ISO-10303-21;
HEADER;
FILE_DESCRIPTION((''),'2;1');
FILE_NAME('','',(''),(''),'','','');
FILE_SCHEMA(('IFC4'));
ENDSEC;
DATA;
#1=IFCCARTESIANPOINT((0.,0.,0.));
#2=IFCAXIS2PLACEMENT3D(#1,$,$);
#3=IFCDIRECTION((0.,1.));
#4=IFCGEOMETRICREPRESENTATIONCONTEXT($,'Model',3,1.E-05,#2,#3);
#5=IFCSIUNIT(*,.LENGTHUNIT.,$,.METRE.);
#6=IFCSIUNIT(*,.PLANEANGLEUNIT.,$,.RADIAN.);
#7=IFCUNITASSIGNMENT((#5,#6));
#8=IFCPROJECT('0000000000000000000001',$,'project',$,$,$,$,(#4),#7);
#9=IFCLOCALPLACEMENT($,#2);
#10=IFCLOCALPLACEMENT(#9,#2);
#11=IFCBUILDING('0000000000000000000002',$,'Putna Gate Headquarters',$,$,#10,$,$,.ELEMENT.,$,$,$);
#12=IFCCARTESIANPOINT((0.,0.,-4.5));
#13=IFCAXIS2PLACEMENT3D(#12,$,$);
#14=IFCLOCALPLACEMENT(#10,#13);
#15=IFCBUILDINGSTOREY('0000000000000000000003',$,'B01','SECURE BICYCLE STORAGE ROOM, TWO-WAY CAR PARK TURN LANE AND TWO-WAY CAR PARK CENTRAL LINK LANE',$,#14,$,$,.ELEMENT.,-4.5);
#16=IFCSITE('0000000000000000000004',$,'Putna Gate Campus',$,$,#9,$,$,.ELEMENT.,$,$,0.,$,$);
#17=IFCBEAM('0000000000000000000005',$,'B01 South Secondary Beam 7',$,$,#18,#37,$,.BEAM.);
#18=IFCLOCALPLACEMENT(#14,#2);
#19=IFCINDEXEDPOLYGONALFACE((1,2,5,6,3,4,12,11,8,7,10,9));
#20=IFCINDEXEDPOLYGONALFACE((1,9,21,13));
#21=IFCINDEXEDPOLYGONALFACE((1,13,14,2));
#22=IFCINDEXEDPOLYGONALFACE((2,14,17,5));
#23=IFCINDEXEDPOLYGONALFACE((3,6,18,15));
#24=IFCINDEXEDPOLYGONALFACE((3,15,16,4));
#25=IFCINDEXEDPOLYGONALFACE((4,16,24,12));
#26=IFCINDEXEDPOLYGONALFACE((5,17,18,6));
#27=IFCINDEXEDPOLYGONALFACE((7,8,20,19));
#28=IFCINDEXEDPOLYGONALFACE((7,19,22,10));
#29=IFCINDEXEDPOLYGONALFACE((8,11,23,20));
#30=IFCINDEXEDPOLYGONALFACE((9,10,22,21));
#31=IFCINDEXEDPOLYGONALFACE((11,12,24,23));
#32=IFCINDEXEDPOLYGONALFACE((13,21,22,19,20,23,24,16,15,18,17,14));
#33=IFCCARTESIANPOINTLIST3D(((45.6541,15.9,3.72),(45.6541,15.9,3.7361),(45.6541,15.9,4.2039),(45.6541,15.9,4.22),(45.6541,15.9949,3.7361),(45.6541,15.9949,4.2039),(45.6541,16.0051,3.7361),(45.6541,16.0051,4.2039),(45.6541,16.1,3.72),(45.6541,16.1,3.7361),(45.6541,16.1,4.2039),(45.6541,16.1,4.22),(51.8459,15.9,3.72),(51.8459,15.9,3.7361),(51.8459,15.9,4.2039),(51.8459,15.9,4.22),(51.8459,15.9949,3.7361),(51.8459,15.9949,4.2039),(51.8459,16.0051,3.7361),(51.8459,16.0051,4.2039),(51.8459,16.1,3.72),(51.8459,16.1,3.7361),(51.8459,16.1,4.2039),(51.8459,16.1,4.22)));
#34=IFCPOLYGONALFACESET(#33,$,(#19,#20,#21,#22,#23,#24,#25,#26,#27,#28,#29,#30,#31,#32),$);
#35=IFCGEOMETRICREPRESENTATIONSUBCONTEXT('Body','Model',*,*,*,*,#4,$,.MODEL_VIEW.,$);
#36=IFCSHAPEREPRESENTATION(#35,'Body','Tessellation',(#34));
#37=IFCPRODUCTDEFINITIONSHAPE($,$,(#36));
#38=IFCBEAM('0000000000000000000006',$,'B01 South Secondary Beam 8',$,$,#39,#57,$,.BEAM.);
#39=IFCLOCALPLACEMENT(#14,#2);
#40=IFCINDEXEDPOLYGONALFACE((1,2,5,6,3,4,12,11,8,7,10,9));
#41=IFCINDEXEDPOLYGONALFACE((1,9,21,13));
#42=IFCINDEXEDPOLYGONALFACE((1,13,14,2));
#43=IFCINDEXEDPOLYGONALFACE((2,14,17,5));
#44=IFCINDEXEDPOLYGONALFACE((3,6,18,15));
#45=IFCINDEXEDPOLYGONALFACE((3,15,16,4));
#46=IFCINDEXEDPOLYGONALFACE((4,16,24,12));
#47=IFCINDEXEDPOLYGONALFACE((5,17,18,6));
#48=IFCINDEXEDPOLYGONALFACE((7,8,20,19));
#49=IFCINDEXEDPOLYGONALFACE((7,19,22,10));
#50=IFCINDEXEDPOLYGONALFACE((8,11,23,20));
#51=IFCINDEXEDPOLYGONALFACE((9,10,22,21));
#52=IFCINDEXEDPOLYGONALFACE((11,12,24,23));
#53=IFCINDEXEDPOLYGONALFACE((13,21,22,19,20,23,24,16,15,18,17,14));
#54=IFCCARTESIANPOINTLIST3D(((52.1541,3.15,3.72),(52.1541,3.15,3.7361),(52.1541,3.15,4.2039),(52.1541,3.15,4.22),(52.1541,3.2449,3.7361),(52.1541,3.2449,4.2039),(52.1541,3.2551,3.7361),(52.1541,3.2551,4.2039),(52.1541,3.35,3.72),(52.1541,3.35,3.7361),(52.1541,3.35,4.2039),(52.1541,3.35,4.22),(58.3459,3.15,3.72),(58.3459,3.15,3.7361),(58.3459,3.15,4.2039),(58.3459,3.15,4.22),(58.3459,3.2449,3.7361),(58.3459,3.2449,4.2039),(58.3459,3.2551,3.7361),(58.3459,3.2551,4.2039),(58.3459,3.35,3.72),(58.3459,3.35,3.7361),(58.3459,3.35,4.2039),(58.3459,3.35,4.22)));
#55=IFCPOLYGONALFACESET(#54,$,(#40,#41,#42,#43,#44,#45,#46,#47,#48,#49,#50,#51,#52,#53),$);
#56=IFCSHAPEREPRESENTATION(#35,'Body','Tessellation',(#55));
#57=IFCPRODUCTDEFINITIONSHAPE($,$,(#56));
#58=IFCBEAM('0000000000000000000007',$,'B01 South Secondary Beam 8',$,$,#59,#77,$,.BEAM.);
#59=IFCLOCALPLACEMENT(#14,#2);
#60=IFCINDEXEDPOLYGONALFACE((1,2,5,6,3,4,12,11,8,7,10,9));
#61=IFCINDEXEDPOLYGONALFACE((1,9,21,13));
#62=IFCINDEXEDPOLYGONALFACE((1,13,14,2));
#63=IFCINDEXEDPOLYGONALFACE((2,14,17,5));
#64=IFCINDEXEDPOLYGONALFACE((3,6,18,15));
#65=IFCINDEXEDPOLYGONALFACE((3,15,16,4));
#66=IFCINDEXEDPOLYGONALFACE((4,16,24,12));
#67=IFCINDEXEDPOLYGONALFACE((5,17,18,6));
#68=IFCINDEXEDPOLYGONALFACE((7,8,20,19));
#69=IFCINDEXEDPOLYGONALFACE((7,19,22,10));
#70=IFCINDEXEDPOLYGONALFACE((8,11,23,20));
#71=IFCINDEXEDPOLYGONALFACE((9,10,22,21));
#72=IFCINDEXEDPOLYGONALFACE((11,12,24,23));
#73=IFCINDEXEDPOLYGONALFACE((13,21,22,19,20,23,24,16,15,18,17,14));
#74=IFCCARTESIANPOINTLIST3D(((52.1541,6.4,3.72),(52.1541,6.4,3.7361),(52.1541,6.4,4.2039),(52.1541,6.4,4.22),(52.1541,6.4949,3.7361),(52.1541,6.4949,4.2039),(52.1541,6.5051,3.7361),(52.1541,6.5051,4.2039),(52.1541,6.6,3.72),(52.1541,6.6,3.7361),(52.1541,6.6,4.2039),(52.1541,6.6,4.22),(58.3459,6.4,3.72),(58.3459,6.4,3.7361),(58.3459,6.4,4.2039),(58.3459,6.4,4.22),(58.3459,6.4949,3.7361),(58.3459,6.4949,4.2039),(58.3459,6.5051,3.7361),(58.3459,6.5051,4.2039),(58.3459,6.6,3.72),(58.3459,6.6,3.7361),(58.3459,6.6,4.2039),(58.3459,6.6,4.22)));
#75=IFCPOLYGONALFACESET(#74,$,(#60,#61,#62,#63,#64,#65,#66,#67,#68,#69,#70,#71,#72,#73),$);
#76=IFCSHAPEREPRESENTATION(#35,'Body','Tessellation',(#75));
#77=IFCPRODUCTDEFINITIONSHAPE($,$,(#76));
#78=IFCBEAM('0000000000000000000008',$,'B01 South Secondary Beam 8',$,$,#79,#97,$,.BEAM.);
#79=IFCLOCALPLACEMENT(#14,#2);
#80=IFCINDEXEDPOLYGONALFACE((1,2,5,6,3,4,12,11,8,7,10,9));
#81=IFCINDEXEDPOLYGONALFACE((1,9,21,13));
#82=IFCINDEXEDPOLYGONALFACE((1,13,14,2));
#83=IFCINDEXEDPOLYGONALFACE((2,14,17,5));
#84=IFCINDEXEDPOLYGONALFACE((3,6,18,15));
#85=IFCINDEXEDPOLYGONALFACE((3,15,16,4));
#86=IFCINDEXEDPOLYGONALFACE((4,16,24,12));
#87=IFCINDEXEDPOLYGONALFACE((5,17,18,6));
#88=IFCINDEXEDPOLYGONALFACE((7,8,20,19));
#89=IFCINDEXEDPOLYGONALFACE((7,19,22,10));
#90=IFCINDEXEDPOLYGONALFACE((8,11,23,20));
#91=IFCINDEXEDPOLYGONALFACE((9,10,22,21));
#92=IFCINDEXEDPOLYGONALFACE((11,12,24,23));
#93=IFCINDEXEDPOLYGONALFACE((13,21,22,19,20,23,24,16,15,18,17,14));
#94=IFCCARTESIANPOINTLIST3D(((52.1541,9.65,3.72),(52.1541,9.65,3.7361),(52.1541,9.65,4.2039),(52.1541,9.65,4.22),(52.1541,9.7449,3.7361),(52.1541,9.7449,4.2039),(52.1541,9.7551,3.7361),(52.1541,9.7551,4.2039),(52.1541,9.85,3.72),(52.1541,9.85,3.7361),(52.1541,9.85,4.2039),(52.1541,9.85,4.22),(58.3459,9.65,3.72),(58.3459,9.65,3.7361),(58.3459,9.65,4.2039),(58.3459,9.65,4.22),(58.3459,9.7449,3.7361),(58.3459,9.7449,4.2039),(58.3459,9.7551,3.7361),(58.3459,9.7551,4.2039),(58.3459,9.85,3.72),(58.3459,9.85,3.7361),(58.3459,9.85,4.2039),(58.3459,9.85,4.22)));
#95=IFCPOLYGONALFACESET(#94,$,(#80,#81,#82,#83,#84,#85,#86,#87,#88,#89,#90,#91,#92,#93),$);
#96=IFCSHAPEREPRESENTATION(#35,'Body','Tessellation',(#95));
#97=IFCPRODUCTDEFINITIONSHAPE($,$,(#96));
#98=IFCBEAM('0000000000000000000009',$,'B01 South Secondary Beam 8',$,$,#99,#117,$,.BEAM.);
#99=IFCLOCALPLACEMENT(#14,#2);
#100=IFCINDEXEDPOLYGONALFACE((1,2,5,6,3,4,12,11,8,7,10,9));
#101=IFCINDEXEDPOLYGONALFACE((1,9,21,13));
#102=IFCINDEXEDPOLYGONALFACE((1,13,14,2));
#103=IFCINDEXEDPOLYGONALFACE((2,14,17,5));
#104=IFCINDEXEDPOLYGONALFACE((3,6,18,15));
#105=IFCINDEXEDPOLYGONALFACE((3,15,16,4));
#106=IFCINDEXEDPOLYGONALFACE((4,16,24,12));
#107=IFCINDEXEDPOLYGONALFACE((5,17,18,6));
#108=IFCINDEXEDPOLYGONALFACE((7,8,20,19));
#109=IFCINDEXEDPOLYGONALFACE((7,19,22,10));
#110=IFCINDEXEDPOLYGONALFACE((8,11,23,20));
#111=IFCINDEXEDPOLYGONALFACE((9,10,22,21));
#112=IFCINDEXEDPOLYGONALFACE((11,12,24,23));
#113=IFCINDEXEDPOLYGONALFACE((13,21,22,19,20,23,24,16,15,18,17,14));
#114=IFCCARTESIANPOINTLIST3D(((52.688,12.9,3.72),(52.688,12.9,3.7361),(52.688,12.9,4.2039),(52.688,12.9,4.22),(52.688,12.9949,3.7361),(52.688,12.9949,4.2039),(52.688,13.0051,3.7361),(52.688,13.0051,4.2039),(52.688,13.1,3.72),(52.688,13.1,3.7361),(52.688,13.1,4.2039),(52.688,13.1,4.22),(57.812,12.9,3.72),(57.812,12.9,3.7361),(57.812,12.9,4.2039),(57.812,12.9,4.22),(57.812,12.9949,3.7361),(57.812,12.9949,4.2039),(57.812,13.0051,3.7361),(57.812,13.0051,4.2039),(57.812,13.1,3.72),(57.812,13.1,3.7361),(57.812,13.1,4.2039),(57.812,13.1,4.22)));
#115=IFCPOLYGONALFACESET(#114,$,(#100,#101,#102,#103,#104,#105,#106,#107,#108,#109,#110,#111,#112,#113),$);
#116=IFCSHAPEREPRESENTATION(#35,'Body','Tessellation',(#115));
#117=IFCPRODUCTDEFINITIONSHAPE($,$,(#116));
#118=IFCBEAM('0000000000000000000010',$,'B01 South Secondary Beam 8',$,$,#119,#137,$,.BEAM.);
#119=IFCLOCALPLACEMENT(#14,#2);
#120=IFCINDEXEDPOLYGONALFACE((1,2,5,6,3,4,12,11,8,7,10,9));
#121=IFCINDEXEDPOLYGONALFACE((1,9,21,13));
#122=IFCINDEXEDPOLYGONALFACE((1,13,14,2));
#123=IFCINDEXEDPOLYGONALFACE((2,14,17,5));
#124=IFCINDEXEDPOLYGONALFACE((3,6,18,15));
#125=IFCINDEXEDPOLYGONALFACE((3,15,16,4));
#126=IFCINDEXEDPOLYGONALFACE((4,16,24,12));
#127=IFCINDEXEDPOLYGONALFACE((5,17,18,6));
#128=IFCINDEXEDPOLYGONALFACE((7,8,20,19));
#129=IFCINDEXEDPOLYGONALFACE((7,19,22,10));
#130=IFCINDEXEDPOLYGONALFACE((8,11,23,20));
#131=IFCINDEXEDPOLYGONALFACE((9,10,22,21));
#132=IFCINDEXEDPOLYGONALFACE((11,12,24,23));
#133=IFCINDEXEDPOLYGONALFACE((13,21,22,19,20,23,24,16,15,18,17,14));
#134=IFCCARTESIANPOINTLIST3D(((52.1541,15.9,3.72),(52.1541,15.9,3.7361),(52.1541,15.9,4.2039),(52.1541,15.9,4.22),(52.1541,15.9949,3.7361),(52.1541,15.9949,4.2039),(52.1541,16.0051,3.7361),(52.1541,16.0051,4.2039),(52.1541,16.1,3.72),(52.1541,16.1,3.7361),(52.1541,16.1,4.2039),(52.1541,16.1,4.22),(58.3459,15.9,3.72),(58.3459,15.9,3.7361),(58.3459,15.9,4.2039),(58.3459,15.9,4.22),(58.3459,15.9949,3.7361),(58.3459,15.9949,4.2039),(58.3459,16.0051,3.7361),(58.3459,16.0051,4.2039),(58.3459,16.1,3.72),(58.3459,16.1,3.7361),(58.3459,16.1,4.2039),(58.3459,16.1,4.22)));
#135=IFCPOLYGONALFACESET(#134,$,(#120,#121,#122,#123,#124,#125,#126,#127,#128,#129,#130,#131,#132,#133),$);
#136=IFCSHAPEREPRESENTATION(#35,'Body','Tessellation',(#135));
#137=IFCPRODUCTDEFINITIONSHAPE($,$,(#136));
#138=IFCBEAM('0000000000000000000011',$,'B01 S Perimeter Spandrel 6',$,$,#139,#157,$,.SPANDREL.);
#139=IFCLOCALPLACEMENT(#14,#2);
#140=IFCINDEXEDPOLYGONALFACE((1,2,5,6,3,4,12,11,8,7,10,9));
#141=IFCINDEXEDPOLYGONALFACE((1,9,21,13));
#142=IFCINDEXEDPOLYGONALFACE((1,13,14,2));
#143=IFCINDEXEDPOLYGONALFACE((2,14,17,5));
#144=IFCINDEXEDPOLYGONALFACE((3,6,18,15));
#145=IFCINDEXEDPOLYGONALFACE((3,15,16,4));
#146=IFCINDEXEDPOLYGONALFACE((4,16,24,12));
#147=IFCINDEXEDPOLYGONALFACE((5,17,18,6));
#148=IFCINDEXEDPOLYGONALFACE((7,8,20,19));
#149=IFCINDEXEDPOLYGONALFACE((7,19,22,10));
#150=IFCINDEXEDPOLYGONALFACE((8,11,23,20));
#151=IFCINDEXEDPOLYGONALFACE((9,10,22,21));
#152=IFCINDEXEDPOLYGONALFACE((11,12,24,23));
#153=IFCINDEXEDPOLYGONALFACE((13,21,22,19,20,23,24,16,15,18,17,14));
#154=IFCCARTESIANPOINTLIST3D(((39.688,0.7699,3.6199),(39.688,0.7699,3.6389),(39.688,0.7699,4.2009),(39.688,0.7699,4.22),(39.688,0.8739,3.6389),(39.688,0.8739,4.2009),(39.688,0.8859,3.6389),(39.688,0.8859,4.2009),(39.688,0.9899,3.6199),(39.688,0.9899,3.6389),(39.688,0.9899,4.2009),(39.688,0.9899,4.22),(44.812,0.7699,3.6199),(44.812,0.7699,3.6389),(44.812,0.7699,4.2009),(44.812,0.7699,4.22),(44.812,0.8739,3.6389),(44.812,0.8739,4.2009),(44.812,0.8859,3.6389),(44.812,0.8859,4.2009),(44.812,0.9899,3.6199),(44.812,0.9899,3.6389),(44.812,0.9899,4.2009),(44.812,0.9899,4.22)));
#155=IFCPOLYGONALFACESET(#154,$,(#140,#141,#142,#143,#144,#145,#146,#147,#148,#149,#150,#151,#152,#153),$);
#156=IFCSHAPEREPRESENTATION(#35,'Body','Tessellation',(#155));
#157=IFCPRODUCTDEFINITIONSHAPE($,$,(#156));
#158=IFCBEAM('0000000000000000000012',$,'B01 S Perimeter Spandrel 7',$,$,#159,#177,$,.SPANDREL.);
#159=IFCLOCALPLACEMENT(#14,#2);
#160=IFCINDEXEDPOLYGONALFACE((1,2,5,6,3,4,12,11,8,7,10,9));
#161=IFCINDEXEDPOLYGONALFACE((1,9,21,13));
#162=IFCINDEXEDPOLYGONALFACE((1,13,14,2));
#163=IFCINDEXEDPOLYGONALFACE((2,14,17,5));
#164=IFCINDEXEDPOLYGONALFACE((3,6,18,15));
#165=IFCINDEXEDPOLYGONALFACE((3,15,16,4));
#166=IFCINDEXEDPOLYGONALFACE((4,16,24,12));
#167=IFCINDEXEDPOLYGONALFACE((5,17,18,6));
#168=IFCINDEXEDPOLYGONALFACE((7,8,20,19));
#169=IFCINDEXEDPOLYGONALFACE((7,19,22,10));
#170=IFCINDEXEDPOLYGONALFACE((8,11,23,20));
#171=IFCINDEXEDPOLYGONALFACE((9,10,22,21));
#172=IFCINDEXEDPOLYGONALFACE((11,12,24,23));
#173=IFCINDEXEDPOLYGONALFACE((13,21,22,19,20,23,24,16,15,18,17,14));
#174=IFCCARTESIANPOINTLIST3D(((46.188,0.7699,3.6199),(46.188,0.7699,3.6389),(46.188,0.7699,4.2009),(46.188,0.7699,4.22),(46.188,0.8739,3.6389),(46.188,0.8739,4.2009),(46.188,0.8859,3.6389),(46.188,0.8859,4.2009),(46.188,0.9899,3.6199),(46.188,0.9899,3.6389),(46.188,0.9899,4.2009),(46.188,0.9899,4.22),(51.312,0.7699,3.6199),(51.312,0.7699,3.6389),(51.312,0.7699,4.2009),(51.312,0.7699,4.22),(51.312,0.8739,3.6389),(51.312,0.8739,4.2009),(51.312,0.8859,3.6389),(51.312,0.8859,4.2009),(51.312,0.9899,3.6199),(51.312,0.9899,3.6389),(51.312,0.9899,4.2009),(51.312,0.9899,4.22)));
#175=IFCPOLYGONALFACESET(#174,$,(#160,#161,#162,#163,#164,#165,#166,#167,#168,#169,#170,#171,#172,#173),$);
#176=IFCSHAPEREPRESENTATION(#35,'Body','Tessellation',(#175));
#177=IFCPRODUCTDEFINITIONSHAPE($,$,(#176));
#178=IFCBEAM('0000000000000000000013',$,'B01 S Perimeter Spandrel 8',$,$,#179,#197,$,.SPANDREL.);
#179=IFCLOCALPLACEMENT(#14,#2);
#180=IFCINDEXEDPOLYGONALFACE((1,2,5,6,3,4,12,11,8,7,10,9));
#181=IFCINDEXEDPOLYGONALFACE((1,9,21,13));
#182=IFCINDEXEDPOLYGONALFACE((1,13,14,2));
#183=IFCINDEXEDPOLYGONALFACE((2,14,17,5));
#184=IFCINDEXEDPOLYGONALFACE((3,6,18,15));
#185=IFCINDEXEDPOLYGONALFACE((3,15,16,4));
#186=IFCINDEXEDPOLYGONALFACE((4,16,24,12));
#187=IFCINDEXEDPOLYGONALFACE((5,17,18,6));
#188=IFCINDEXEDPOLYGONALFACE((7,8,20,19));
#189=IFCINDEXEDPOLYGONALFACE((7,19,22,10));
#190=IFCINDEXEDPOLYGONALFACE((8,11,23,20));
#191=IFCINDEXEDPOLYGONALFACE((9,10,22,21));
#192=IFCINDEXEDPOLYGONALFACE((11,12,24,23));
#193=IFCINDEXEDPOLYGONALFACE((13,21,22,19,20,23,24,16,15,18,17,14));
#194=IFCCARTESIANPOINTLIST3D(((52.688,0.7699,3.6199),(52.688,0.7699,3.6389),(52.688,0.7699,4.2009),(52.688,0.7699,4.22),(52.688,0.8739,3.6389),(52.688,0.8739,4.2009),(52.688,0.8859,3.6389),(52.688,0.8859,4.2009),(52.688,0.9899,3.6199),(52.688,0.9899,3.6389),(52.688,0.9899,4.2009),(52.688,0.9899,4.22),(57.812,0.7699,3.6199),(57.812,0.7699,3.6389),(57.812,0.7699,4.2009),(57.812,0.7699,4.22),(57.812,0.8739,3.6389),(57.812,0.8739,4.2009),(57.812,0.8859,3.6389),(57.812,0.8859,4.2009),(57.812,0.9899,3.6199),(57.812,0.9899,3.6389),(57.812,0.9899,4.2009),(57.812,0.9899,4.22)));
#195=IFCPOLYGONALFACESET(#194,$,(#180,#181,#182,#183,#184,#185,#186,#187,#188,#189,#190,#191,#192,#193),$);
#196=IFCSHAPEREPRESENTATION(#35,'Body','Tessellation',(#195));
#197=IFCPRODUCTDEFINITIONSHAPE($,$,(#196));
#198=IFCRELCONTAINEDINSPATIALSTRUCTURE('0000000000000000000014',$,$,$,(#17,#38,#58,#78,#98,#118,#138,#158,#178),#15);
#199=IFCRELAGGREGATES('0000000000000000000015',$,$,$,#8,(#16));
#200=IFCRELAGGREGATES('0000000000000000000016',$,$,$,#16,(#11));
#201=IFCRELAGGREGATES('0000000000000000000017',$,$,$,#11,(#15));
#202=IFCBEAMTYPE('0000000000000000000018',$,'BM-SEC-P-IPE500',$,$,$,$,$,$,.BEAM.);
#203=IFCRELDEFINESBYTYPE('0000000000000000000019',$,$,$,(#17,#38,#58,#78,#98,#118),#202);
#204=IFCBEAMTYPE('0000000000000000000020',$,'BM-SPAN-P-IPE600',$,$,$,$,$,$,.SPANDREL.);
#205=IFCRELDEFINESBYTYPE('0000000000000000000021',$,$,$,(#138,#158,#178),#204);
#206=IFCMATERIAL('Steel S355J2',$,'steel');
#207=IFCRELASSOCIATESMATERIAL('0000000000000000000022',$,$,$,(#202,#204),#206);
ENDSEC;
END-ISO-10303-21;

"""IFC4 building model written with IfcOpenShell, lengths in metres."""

from ifc_helpers import new_model, si_unit, direction, frame, origin, origin_2d, place, context, subcontext, project, spatial, i_section, extrude, material, material_profile, profile_set, type_object, element, save


model = new_model("IFC4")

# Units and contexts
model_context = context("Model", 3, precision=1e-05, world=origin(), true_north=direction((0.0, 1.0)))
body_context = subcontext(model_context, "Body", "Model", "MODEL_VIEW")
ifc_project = project(units=[si_unit("LENGTHUNIT", "METRE"), si_unit("PLANEANGLEUNIT", "RADIAN")], contexts=[model_context])

# Site, building, storey
site_placement = place(None, origin())
site = spatial("IfcSite", under=ifc_project, at=site_placement, Name="Putna Gate Campus", CompositionType="ELEMENT", RefElevation=0.0)
building_placement = place(site_placement, origin())
building = spatial("IfcBuilding", under=site, at=building_placement, Name="Putna Gate Headquarters", CompositionType="ELEMENT")
storey_placement = place(building_placement, frame((0.0, 0.0, -4.5)))
storey = spatial("IfcBuildingStorey", under=building, at=storey_placement, Name="B01", Description="SECURE BICYCLE STORAGE ROOM, TWO-WAY CAR PARK TURN LANE AND TWO-WAY CAR PARK CENTRAL LINK LANE", CompositionType="ELEMENT", Elevation=-4.5)

# Beams
ifc_material_1 = material(Name="Steel S355J2", Category="steel")
ifc_material_profile_1 = material_profile(ifc_material_1, i_section(OverallWidth=0.2, OverallDepth=0.5, WebThickness=0.0103, FlangeThickness=0.0161, at=origin_2d()), Name="Steel S355J2")
ifc_profile_set_1 = profile_set([ifc_material_profile_1], Name="Steel S355J2")
beam_type_1 = type_object("IfcBeamType", Name="BM-SEC-P-IPE500", PredefinedType="BEAM", material=ifc_profile_set_1)
for number, where, z_axis, x_axis, name in (
    (1, (45.6541, 16.0, 3.97), (1.0, 0.0, 0.0), (0.0, 1.0, 0.0), "B01 South Secondary Beam 7"),
    (2, (52.1541, 3.25, 3.97), (1.0, 0.0, 0.0), (0.0, 1.0, 0.0), "B01 South Secondary Beam 8"),
    (3, (52.1541, 6.5, 3.97), (1.0, 0.0, 0.0), (0.0, 1.0, 0.0), "B01 South Secondary Beam 8"),
    (4, (52.1541, 9.75, 3.97), (1.0, 0.0, 0.0), (0.0, 1.0, 0.0), "B01 South Secondary Beam 8"),
):
    element("IfcBeam", number, at=place(storey_placement, frame(where, z_axis=z_axis, x_axis=x_axis)), inside=storey, type_object=beam_type_1, Name=name, PredefinedType="BEAM", context=body_context, shape_type="SweptSolid", body=[
        extrude(i_section(OverallWidth=0.2, OverallDepth=0.5, WebThickness=0.0103, FlangeThickness=0.0161, at=origin_2d()), origin(), (0.0, 0.0, 1.0), 6.1919),
    ])
beam_1_placement = place(storey_placement, frame((52.688, 13.0, 3.97), z_axis=(1.0, 0.0, 0.0), x_axis=(0.0, 1.0, 0.0)))
element("IfcBeam", 5, at=beam_1_placement, inside=storey, type_object=beam_type_1, Name="B01 South Secondary Beam 8", PredefinedType="BEAM", context=body_context, shape_type="SweptSolid", body=[
    extrude(i_section(OverallWidth=0.2, OverallDepth=0.5, WebThickness=0.0103, FlangeThickness=0.0161, at=origin_2d()), origin(), (0.0, 0.0, 1.0), 5.124),
])
beam_2_placement = place(storey_placement, frame((52.1541, 16.0, 3.97), z_axis=(1.0, 0.0, 0.0), x_axis=(0.0, 1.0, 0.0)))
element("IfcBeam", 6, at=beam_2_placement, inside=storey, type_object=beam_type_1, Name="B01 South Secondary Beam 8", PredefinedType="BEAM", context=body_context, shape_type="SweptSolid", body=[
    extrude(i_section(OverallWidth=0.2, OverallDepth=0.5, WebThickness=0.0103, FlangeThickness=0.0161, at=origin_2d()), origin(), (0.0, 0.0, 1.0), 6.1919),
])
ifc_material_profile_2 = material_profile(ifc_material_1, i_section(OverallWidth=0.22, OverallDepth=0.6001, WebThickness=0.012, FlangeThickness=0.019, at=origin_2d()), Name="Steel S355J2")
ifc_profile_set_2 = profile_set([ifc_material_profile_2], Name="Steel S355J2")
beam_type_2 = type_object("IfcBeamType", Name="BM-SPAN-P-IPE600", PredefinedType="SPANDREL", material=ifc_profile_set_2)
for number, where, z_axis, x_axis, name in (
    (7, (39.688, 0.8799, 3.9199), (1.0, 0.0, 0.0), (0.0, 1.0, 0.0), "B01 S Perimeter Spandrel 6"),
    (8, (46.188, 0.8799, 3.9199), (1.0, 0.0, 0.0), (0.0, 1.0, 0.0), "B01 S Perimeter Spandrel 7"),
    (9, (52.688, 0.8799, 3.9199), (1.0, 0.0, 0.0), (0.0, 1.0, 0.0), "B01 S Perimeter Spandrel 8"),
):
    element("IfcBeam", number, at=place(storey_placement, frame(where, z_axis=z_axis, x_axis=x_axis)), inside=storey, type_object=beam_type_2, Name=name, PredefinedType="SPANDREL", context=body_context, shape_type="SweptSolid", body=[
        extrude(i_section(OverallWidth=0.22, OverallDepth=0.6001, WebThickness=0.012, FlangeThickness=0.019, at=origin_2d()), origin(), (0.0, 0.0, 1.0), 5.124),
    ])

save(model, "model.ifc")
